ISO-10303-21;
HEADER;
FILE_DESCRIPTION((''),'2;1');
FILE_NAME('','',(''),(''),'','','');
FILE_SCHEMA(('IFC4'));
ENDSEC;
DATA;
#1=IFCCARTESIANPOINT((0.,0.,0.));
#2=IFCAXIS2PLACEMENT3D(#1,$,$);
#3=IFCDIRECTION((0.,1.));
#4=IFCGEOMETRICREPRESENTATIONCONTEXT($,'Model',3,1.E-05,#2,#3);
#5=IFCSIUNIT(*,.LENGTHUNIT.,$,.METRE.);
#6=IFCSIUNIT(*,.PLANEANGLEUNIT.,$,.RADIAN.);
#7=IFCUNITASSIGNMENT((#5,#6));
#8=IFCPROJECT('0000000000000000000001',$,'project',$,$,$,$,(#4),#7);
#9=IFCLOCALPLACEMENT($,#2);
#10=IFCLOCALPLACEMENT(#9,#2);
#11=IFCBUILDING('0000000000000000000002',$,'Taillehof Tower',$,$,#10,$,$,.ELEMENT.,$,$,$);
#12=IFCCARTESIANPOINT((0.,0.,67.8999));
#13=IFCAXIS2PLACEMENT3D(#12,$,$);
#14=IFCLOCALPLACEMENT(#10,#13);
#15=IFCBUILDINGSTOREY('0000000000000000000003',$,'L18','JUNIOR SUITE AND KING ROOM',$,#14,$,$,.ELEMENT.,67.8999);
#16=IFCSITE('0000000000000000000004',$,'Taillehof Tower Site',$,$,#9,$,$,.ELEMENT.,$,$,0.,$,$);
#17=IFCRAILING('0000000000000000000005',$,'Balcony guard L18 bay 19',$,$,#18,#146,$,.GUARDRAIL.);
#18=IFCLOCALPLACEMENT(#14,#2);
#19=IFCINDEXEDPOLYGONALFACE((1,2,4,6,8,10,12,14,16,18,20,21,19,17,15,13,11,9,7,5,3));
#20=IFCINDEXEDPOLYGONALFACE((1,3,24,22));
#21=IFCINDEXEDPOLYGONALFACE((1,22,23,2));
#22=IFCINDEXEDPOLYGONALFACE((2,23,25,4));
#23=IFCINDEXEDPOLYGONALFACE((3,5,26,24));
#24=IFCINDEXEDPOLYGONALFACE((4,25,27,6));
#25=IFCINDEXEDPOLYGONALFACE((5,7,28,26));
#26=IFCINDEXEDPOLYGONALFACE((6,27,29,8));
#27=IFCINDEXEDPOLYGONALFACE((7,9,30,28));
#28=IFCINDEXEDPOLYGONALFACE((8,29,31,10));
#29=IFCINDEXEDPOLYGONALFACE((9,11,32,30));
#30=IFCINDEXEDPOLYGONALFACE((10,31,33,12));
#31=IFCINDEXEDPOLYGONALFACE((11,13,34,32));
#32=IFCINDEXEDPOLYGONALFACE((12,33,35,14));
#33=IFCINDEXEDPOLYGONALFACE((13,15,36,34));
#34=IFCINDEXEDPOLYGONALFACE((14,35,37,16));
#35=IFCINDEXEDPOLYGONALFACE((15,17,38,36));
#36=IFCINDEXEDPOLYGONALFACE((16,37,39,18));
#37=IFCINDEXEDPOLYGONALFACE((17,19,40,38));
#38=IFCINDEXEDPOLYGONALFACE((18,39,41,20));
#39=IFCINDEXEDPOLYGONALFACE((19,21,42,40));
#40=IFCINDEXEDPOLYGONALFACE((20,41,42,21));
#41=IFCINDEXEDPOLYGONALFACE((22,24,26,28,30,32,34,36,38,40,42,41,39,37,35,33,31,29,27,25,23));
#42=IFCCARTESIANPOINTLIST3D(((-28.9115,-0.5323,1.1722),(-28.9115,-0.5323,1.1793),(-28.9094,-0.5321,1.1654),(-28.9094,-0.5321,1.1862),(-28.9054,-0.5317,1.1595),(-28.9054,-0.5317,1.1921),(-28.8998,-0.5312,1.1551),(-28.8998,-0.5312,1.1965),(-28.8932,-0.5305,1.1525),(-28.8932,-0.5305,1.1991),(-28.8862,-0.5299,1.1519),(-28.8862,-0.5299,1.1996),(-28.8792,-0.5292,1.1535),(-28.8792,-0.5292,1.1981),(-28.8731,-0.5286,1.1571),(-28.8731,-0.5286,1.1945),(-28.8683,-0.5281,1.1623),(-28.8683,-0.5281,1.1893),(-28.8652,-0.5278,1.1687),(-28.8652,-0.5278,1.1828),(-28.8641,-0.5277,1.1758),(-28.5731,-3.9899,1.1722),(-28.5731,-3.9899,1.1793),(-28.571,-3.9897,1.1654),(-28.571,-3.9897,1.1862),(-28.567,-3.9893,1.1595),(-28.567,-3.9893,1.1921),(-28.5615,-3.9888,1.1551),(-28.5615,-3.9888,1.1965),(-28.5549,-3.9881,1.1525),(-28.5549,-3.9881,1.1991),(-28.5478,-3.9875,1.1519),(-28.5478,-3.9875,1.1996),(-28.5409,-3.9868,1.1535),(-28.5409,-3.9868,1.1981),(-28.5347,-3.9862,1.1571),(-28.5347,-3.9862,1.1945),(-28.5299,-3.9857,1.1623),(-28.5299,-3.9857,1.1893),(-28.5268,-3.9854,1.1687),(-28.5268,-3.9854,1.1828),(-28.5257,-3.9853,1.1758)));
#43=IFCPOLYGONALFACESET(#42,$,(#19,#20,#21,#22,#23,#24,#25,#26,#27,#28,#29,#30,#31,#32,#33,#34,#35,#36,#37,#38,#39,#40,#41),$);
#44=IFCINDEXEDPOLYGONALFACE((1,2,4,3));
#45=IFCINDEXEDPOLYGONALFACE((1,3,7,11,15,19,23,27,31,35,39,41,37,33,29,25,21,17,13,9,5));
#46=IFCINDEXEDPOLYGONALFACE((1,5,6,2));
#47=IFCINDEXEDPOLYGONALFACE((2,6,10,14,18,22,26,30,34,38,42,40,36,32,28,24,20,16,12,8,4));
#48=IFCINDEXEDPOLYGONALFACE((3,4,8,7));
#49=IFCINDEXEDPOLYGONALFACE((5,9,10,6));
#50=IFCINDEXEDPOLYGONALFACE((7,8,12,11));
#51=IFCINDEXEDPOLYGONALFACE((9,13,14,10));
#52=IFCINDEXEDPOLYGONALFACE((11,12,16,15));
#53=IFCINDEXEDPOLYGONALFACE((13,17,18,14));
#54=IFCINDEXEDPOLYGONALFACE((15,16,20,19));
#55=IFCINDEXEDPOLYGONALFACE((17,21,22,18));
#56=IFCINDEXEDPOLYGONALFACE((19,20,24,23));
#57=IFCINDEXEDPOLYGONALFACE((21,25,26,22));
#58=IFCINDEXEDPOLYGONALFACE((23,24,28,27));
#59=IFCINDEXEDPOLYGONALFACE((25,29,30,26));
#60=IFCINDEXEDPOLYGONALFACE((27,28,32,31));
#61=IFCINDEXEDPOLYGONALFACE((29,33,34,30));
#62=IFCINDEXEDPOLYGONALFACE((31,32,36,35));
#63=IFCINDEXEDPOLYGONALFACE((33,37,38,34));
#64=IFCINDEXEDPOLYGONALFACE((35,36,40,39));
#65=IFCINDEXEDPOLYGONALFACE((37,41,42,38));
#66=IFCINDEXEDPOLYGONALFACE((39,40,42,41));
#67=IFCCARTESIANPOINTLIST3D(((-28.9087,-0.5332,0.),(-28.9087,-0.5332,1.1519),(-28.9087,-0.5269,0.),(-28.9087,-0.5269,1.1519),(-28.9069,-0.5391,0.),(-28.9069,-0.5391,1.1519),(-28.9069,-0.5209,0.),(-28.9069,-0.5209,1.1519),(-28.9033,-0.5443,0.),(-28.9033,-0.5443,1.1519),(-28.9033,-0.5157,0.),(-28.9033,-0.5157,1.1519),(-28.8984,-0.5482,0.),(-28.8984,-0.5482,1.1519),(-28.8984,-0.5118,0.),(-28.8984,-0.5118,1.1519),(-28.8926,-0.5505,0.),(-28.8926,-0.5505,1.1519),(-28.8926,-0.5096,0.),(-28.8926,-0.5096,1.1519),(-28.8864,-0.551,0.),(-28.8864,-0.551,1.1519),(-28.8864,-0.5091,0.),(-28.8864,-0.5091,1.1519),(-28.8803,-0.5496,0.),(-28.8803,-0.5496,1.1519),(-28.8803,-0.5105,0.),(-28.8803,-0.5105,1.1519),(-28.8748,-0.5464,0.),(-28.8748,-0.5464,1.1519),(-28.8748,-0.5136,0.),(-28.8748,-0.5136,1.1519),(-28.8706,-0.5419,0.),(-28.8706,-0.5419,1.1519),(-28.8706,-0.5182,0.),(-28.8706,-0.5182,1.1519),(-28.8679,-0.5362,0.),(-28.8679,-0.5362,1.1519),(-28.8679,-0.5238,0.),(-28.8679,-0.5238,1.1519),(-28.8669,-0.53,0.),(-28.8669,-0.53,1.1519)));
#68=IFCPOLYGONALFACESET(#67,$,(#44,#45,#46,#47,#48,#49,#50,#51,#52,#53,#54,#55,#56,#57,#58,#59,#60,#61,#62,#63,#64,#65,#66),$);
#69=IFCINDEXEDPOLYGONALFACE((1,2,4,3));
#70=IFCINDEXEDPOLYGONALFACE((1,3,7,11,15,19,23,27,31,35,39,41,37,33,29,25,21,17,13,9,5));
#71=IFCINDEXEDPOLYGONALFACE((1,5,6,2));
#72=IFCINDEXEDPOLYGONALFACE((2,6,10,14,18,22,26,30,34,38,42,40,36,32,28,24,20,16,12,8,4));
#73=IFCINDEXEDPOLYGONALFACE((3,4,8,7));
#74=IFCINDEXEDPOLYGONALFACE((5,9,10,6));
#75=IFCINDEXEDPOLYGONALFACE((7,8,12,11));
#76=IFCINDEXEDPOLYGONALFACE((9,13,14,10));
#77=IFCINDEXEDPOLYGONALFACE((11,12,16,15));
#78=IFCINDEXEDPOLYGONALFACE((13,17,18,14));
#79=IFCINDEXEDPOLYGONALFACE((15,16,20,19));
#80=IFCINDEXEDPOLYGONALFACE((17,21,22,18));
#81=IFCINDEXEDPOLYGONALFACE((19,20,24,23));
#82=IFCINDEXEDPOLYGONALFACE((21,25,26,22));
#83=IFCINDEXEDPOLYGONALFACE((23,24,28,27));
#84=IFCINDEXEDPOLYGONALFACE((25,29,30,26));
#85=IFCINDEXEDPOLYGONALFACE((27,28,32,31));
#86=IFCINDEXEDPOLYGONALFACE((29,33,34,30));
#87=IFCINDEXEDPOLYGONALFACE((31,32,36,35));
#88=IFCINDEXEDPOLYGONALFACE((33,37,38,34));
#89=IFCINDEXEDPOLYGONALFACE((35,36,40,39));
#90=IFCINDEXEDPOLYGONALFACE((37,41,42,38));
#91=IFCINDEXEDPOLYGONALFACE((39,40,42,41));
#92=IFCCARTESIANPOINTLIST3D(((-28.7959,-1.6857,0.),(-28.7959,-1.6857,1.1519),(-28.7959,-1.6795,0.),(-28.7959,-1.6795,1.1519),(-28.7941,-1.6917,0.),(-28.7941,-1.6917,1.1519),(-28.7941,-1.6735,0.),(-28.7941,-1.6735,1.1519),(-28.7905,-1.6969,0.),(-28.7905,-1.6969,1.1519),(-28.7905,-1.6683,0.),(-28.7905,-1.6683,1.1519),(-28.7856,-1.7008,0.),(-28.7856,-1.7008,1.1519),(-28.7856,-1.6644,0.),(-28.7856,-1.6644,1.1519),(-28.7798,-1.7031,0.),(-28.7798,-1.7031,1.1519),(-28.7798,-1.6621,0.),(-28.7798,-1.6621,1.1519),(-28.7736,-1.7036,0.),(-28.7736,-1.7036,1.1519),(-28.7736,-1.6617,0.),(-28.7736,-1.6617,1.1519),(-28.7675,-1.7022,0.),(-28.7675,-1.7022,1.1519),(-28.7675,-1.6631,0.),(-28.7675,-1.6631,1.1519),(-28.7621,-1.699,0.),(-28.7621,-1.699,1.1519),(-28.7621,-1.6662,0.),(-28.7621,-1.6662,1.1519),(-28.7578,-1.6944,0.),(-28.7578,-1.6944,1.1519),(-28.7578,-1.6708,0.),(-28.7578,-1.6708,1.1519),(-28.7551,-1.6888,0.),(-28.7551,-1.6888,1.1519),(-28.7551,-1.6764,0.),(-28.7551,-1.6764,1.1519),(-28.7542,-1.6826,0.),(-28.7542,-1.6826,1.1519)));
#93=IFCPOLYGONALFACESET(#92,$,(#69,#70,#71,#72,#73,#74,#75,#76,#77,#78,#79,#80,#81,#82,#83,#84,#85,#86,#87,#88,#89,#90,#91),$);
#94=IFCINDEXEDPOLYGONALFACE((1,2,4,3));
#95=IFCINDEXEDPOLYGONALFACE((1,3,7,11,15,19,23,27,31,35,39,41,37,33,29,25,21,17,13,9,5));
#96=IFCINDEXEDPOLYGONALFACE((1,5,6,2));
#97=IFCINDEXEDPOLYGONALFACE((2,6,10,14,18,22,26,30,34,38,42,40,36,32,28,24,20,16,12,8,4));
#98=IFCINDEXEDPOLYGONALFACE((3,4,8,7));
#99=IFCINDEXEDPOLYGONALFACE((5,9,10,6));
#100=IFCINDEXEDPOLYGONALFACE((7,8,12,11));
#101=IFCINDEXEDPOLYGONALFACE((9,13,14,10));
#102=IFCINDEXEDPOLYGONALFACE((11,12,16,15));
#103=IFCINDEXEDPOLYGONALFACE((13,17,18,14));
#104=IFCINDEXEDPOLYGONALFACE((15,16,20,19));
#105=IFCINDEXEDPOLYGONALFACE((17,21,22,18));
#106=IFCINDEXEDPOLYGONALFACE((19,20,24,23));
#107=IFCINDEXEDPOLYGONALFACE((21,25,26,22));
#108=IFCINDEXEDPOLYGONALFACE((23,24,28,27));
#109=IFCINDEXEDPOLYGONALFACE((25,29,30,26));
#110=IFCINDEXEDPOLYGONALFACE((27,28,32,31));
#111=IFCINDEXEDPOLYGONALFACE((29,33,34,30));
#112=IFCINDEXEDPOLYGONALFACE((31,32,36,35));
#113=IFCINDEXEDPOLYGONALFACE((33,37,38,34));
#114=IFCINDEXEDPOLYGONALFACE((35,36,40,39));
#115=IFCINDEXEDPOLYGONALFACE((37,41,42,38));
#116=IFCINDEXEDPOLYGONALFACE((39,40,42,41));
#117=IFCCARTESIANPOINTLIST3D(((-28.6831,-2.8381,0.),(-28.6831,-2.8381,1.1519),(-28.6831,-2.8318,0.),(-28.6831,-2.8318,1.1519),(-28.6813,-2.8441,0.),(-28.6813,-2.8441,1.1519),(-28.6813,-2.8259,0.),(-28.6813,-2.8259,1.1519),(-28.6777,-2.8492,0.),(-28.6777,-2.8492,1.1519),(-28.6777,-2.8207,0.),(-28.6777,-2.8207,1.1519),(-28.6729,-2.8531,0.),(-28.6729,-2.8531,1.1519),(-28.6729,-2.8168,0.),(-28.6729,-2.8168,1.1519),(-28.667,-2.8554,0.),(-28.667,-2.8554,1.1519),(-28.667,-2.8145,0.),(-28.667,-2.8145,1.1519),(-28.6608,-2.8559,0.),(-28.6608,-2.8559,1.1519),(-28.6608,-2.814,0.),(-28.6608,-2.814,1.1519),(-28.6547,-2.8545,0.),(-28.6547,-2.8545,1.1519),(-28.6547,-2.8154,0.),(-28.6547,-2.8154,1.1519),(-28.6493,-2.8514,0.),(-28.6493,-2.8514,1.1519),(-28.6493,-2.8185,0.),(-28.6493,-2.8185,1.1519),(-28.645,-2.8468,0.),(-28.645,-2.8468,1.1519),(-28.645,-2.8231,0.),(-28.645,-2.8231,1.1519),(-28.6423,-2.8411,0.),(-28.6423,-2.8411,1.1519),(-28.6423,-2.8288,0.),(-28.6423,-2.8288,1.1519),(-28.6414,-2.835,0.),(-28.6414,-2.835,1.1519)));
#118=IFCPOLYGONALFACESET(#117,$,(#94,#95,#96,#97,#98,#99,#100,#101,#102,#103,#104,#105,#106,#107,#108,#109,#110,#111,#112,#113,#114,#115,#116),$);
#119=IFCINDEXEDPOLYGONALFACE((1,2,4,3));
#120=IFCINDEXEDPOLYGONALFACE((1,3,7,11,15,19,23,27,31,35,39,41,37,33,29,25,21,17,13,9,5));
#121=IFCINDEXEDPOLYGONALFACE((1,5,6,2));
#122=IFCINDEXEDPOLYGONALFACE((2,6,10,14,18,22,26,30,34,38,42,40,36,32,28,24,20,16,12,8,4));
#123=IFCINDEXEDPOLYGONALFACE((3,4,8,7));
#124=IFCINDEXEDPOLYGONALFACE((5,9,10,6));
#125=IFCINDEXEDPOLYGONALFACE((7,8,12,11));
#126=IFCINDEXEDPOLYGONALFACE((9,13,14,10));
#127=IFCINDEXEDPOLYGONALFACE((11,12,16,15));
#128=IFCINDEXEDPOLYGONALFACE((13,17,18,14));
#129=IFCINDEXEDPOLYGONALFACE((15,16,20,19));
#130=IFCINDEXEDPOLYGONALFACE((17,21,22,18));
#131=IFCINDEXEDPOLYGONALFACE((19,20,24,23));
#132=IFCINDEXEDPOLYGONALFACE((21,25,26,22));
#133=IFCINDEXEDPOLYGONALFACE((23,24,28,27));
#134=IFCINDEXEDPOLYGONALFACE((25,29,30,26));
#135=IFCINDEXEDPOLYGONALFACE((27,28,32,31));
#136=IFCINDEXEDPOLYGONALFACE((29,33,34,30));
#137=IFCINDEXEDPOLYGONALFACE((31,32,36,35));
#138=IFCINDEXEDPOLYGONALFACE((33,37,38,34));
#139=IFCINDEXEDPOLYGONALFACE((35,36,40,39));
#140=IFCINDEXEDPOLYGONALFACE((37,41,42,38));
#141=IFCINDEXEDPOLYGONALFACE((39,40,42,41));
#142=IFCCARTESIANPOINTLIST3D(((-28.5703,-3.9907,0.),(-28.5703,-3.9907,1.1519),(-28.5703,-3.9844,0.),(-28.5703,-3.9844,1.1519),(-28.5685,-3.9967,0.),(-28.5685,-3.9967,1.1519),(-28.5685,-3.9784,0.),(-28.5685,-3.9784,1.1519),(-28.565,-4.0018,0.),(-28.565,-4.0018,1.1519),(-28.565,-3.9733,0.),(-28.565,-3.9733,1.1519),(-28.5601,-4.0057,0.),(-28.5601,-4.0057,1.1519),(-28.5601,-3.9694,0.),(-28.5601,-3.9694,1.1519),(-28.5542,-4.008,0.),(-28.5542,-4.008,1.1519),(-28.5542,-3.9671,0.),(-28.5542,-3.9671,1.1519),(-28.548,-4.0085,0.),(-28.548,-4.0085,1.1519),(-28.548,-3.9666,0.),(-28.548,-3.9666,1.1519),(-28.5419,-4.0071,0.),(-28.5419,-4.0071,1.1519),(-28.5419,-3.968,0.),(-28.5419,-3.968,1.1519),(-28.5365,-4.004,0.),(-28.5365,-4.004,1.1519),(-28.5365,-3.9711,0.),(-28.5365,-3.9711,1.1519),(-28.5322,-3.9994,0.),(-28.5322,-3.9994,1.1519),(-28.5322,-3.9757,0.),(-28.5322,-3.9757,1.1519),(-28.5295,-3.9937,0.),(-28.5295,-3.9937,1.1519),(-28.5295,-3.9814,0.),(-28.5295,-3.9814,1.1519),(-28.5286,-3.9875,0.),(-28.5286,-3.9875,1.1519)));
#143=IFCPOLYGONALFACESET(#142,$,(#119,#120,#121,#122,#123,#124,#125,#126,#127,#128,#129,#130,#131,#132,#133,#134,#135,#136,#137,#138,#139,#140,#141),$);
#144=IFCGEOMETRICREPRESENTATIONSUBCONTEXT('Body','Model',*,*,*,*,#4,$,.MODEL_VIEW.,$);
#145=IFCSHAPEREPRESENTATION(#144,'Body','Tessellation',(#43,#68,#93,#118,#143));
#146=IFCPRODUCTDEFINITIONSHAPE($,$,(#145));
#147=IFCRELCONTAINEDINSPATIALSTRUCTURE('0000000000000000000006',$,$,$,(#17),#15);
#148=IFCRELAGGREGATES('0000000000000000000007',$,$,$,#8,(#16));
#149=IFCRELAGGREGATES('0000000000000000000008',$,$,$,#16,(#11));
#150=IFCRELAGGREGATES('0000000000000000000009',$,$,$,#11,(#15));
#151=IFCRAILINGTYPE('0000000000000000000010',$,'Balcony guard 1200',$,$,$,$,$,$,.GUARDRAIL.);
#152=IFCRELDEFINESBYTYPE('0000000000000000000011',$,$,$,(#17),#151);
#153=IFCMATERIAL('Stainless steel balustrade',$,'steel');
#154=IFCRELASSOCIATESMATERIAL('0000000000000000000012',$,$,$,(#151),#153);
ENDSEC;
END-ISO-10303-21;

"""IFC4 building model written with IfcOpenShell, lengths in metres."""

from ifc_helpers import new_model, si_unit, direction, frame, origin, origin_2d, place, context, subcontext, project, spatial, circle, extrude, material, type_object, element, save


model = new_model("IFC4")

# Units and contexts
model_context = context("Model", 3, precision=1e-05, world=origin(), true_north=direction((0.0, 1.0)))
body_context = subcontext(model_context, "Body", "Model", "MODEL_VIEW")
ifc_project = project(units=[si_unit("LENGTHUNIT", "METRE"), si_unit("PLANEANGLEUNIT", "RADIAN")], contexts=[model_context])

# Site, building, storey
site_placement = place(None, origin())
site = spatial("IfcSite", under=ifc_project, at=site_placement, Name="Taillehof Tower Site", CompositionType="ELEMENT", RefElevation=0.0)
building_placement = place(site_placement, origin())
building = spatial("IfcBuilding", under=site, at=building_placement, Name="Taillehof Tower", CompositionType="ELEMENT")
storey_placement = place(building_placement, frame((0.0, 0.0, 67.8999)))
storey = spatial("IfcBuildingStorey", under=building, at=storey_placement, Name="L18", Description="JUNIOR SUITE AND KING ROOM", CompositionType="ELEMENT", Elevation=67.8999)

# Railing
ifc_material_1 = material(Name="Stainless steel balustrade", Category="steel")
railing_type = type_object("IfcRailingType", Name="Balcony guard 1200", PredefinedType="GUARDRAIL", material=ifc_material_1)
railing_1_placement = place(storey_placement, frame((-28.8879, -0.53, 0.0)))
element("IfcRailing", 1, at=railing_1_placement, inside=storey, type_object=railing_type, Name="Balcony guard L18 bay 19", PredefinedType="GUARDRAIL", context=body_context, shape_type="SweptSolid", body=[
    extrude(circle(Radius=0.0239, at=origin_2d()), frame((0.0, 0.0, 1.1758), z_axis=(0.097402, -0.995245, 0.0), x_axis=(0.995245, 0.097402, 0.0)), (0.0, 0.0, 1.0), 3.4741),
    extrude(circle(Radius=0.021, at=origin_2d()), origin(), (0.0, 0.0, 1.0), 1.1519),
    extrude(circle(Radius=0.021, at=origin_2d()), frame((0.1128, -1.1526, 0.0)), (0.0, 0.0, 1.0), 1.1519),
    extrude(circle(Radius=0.021, at=origin_2d()), frame((0.2256, -2.3049, 0.0)), (0.0, 0.0, 1.0), 1.1519),
    extrude(circle(Radius=0.021, at=origin_2d()), frame((0.3384, -3.4575, 0.0)), (0.0, 0.0, 1.0), 1.1519),
])

save(model, "model.ifc")
